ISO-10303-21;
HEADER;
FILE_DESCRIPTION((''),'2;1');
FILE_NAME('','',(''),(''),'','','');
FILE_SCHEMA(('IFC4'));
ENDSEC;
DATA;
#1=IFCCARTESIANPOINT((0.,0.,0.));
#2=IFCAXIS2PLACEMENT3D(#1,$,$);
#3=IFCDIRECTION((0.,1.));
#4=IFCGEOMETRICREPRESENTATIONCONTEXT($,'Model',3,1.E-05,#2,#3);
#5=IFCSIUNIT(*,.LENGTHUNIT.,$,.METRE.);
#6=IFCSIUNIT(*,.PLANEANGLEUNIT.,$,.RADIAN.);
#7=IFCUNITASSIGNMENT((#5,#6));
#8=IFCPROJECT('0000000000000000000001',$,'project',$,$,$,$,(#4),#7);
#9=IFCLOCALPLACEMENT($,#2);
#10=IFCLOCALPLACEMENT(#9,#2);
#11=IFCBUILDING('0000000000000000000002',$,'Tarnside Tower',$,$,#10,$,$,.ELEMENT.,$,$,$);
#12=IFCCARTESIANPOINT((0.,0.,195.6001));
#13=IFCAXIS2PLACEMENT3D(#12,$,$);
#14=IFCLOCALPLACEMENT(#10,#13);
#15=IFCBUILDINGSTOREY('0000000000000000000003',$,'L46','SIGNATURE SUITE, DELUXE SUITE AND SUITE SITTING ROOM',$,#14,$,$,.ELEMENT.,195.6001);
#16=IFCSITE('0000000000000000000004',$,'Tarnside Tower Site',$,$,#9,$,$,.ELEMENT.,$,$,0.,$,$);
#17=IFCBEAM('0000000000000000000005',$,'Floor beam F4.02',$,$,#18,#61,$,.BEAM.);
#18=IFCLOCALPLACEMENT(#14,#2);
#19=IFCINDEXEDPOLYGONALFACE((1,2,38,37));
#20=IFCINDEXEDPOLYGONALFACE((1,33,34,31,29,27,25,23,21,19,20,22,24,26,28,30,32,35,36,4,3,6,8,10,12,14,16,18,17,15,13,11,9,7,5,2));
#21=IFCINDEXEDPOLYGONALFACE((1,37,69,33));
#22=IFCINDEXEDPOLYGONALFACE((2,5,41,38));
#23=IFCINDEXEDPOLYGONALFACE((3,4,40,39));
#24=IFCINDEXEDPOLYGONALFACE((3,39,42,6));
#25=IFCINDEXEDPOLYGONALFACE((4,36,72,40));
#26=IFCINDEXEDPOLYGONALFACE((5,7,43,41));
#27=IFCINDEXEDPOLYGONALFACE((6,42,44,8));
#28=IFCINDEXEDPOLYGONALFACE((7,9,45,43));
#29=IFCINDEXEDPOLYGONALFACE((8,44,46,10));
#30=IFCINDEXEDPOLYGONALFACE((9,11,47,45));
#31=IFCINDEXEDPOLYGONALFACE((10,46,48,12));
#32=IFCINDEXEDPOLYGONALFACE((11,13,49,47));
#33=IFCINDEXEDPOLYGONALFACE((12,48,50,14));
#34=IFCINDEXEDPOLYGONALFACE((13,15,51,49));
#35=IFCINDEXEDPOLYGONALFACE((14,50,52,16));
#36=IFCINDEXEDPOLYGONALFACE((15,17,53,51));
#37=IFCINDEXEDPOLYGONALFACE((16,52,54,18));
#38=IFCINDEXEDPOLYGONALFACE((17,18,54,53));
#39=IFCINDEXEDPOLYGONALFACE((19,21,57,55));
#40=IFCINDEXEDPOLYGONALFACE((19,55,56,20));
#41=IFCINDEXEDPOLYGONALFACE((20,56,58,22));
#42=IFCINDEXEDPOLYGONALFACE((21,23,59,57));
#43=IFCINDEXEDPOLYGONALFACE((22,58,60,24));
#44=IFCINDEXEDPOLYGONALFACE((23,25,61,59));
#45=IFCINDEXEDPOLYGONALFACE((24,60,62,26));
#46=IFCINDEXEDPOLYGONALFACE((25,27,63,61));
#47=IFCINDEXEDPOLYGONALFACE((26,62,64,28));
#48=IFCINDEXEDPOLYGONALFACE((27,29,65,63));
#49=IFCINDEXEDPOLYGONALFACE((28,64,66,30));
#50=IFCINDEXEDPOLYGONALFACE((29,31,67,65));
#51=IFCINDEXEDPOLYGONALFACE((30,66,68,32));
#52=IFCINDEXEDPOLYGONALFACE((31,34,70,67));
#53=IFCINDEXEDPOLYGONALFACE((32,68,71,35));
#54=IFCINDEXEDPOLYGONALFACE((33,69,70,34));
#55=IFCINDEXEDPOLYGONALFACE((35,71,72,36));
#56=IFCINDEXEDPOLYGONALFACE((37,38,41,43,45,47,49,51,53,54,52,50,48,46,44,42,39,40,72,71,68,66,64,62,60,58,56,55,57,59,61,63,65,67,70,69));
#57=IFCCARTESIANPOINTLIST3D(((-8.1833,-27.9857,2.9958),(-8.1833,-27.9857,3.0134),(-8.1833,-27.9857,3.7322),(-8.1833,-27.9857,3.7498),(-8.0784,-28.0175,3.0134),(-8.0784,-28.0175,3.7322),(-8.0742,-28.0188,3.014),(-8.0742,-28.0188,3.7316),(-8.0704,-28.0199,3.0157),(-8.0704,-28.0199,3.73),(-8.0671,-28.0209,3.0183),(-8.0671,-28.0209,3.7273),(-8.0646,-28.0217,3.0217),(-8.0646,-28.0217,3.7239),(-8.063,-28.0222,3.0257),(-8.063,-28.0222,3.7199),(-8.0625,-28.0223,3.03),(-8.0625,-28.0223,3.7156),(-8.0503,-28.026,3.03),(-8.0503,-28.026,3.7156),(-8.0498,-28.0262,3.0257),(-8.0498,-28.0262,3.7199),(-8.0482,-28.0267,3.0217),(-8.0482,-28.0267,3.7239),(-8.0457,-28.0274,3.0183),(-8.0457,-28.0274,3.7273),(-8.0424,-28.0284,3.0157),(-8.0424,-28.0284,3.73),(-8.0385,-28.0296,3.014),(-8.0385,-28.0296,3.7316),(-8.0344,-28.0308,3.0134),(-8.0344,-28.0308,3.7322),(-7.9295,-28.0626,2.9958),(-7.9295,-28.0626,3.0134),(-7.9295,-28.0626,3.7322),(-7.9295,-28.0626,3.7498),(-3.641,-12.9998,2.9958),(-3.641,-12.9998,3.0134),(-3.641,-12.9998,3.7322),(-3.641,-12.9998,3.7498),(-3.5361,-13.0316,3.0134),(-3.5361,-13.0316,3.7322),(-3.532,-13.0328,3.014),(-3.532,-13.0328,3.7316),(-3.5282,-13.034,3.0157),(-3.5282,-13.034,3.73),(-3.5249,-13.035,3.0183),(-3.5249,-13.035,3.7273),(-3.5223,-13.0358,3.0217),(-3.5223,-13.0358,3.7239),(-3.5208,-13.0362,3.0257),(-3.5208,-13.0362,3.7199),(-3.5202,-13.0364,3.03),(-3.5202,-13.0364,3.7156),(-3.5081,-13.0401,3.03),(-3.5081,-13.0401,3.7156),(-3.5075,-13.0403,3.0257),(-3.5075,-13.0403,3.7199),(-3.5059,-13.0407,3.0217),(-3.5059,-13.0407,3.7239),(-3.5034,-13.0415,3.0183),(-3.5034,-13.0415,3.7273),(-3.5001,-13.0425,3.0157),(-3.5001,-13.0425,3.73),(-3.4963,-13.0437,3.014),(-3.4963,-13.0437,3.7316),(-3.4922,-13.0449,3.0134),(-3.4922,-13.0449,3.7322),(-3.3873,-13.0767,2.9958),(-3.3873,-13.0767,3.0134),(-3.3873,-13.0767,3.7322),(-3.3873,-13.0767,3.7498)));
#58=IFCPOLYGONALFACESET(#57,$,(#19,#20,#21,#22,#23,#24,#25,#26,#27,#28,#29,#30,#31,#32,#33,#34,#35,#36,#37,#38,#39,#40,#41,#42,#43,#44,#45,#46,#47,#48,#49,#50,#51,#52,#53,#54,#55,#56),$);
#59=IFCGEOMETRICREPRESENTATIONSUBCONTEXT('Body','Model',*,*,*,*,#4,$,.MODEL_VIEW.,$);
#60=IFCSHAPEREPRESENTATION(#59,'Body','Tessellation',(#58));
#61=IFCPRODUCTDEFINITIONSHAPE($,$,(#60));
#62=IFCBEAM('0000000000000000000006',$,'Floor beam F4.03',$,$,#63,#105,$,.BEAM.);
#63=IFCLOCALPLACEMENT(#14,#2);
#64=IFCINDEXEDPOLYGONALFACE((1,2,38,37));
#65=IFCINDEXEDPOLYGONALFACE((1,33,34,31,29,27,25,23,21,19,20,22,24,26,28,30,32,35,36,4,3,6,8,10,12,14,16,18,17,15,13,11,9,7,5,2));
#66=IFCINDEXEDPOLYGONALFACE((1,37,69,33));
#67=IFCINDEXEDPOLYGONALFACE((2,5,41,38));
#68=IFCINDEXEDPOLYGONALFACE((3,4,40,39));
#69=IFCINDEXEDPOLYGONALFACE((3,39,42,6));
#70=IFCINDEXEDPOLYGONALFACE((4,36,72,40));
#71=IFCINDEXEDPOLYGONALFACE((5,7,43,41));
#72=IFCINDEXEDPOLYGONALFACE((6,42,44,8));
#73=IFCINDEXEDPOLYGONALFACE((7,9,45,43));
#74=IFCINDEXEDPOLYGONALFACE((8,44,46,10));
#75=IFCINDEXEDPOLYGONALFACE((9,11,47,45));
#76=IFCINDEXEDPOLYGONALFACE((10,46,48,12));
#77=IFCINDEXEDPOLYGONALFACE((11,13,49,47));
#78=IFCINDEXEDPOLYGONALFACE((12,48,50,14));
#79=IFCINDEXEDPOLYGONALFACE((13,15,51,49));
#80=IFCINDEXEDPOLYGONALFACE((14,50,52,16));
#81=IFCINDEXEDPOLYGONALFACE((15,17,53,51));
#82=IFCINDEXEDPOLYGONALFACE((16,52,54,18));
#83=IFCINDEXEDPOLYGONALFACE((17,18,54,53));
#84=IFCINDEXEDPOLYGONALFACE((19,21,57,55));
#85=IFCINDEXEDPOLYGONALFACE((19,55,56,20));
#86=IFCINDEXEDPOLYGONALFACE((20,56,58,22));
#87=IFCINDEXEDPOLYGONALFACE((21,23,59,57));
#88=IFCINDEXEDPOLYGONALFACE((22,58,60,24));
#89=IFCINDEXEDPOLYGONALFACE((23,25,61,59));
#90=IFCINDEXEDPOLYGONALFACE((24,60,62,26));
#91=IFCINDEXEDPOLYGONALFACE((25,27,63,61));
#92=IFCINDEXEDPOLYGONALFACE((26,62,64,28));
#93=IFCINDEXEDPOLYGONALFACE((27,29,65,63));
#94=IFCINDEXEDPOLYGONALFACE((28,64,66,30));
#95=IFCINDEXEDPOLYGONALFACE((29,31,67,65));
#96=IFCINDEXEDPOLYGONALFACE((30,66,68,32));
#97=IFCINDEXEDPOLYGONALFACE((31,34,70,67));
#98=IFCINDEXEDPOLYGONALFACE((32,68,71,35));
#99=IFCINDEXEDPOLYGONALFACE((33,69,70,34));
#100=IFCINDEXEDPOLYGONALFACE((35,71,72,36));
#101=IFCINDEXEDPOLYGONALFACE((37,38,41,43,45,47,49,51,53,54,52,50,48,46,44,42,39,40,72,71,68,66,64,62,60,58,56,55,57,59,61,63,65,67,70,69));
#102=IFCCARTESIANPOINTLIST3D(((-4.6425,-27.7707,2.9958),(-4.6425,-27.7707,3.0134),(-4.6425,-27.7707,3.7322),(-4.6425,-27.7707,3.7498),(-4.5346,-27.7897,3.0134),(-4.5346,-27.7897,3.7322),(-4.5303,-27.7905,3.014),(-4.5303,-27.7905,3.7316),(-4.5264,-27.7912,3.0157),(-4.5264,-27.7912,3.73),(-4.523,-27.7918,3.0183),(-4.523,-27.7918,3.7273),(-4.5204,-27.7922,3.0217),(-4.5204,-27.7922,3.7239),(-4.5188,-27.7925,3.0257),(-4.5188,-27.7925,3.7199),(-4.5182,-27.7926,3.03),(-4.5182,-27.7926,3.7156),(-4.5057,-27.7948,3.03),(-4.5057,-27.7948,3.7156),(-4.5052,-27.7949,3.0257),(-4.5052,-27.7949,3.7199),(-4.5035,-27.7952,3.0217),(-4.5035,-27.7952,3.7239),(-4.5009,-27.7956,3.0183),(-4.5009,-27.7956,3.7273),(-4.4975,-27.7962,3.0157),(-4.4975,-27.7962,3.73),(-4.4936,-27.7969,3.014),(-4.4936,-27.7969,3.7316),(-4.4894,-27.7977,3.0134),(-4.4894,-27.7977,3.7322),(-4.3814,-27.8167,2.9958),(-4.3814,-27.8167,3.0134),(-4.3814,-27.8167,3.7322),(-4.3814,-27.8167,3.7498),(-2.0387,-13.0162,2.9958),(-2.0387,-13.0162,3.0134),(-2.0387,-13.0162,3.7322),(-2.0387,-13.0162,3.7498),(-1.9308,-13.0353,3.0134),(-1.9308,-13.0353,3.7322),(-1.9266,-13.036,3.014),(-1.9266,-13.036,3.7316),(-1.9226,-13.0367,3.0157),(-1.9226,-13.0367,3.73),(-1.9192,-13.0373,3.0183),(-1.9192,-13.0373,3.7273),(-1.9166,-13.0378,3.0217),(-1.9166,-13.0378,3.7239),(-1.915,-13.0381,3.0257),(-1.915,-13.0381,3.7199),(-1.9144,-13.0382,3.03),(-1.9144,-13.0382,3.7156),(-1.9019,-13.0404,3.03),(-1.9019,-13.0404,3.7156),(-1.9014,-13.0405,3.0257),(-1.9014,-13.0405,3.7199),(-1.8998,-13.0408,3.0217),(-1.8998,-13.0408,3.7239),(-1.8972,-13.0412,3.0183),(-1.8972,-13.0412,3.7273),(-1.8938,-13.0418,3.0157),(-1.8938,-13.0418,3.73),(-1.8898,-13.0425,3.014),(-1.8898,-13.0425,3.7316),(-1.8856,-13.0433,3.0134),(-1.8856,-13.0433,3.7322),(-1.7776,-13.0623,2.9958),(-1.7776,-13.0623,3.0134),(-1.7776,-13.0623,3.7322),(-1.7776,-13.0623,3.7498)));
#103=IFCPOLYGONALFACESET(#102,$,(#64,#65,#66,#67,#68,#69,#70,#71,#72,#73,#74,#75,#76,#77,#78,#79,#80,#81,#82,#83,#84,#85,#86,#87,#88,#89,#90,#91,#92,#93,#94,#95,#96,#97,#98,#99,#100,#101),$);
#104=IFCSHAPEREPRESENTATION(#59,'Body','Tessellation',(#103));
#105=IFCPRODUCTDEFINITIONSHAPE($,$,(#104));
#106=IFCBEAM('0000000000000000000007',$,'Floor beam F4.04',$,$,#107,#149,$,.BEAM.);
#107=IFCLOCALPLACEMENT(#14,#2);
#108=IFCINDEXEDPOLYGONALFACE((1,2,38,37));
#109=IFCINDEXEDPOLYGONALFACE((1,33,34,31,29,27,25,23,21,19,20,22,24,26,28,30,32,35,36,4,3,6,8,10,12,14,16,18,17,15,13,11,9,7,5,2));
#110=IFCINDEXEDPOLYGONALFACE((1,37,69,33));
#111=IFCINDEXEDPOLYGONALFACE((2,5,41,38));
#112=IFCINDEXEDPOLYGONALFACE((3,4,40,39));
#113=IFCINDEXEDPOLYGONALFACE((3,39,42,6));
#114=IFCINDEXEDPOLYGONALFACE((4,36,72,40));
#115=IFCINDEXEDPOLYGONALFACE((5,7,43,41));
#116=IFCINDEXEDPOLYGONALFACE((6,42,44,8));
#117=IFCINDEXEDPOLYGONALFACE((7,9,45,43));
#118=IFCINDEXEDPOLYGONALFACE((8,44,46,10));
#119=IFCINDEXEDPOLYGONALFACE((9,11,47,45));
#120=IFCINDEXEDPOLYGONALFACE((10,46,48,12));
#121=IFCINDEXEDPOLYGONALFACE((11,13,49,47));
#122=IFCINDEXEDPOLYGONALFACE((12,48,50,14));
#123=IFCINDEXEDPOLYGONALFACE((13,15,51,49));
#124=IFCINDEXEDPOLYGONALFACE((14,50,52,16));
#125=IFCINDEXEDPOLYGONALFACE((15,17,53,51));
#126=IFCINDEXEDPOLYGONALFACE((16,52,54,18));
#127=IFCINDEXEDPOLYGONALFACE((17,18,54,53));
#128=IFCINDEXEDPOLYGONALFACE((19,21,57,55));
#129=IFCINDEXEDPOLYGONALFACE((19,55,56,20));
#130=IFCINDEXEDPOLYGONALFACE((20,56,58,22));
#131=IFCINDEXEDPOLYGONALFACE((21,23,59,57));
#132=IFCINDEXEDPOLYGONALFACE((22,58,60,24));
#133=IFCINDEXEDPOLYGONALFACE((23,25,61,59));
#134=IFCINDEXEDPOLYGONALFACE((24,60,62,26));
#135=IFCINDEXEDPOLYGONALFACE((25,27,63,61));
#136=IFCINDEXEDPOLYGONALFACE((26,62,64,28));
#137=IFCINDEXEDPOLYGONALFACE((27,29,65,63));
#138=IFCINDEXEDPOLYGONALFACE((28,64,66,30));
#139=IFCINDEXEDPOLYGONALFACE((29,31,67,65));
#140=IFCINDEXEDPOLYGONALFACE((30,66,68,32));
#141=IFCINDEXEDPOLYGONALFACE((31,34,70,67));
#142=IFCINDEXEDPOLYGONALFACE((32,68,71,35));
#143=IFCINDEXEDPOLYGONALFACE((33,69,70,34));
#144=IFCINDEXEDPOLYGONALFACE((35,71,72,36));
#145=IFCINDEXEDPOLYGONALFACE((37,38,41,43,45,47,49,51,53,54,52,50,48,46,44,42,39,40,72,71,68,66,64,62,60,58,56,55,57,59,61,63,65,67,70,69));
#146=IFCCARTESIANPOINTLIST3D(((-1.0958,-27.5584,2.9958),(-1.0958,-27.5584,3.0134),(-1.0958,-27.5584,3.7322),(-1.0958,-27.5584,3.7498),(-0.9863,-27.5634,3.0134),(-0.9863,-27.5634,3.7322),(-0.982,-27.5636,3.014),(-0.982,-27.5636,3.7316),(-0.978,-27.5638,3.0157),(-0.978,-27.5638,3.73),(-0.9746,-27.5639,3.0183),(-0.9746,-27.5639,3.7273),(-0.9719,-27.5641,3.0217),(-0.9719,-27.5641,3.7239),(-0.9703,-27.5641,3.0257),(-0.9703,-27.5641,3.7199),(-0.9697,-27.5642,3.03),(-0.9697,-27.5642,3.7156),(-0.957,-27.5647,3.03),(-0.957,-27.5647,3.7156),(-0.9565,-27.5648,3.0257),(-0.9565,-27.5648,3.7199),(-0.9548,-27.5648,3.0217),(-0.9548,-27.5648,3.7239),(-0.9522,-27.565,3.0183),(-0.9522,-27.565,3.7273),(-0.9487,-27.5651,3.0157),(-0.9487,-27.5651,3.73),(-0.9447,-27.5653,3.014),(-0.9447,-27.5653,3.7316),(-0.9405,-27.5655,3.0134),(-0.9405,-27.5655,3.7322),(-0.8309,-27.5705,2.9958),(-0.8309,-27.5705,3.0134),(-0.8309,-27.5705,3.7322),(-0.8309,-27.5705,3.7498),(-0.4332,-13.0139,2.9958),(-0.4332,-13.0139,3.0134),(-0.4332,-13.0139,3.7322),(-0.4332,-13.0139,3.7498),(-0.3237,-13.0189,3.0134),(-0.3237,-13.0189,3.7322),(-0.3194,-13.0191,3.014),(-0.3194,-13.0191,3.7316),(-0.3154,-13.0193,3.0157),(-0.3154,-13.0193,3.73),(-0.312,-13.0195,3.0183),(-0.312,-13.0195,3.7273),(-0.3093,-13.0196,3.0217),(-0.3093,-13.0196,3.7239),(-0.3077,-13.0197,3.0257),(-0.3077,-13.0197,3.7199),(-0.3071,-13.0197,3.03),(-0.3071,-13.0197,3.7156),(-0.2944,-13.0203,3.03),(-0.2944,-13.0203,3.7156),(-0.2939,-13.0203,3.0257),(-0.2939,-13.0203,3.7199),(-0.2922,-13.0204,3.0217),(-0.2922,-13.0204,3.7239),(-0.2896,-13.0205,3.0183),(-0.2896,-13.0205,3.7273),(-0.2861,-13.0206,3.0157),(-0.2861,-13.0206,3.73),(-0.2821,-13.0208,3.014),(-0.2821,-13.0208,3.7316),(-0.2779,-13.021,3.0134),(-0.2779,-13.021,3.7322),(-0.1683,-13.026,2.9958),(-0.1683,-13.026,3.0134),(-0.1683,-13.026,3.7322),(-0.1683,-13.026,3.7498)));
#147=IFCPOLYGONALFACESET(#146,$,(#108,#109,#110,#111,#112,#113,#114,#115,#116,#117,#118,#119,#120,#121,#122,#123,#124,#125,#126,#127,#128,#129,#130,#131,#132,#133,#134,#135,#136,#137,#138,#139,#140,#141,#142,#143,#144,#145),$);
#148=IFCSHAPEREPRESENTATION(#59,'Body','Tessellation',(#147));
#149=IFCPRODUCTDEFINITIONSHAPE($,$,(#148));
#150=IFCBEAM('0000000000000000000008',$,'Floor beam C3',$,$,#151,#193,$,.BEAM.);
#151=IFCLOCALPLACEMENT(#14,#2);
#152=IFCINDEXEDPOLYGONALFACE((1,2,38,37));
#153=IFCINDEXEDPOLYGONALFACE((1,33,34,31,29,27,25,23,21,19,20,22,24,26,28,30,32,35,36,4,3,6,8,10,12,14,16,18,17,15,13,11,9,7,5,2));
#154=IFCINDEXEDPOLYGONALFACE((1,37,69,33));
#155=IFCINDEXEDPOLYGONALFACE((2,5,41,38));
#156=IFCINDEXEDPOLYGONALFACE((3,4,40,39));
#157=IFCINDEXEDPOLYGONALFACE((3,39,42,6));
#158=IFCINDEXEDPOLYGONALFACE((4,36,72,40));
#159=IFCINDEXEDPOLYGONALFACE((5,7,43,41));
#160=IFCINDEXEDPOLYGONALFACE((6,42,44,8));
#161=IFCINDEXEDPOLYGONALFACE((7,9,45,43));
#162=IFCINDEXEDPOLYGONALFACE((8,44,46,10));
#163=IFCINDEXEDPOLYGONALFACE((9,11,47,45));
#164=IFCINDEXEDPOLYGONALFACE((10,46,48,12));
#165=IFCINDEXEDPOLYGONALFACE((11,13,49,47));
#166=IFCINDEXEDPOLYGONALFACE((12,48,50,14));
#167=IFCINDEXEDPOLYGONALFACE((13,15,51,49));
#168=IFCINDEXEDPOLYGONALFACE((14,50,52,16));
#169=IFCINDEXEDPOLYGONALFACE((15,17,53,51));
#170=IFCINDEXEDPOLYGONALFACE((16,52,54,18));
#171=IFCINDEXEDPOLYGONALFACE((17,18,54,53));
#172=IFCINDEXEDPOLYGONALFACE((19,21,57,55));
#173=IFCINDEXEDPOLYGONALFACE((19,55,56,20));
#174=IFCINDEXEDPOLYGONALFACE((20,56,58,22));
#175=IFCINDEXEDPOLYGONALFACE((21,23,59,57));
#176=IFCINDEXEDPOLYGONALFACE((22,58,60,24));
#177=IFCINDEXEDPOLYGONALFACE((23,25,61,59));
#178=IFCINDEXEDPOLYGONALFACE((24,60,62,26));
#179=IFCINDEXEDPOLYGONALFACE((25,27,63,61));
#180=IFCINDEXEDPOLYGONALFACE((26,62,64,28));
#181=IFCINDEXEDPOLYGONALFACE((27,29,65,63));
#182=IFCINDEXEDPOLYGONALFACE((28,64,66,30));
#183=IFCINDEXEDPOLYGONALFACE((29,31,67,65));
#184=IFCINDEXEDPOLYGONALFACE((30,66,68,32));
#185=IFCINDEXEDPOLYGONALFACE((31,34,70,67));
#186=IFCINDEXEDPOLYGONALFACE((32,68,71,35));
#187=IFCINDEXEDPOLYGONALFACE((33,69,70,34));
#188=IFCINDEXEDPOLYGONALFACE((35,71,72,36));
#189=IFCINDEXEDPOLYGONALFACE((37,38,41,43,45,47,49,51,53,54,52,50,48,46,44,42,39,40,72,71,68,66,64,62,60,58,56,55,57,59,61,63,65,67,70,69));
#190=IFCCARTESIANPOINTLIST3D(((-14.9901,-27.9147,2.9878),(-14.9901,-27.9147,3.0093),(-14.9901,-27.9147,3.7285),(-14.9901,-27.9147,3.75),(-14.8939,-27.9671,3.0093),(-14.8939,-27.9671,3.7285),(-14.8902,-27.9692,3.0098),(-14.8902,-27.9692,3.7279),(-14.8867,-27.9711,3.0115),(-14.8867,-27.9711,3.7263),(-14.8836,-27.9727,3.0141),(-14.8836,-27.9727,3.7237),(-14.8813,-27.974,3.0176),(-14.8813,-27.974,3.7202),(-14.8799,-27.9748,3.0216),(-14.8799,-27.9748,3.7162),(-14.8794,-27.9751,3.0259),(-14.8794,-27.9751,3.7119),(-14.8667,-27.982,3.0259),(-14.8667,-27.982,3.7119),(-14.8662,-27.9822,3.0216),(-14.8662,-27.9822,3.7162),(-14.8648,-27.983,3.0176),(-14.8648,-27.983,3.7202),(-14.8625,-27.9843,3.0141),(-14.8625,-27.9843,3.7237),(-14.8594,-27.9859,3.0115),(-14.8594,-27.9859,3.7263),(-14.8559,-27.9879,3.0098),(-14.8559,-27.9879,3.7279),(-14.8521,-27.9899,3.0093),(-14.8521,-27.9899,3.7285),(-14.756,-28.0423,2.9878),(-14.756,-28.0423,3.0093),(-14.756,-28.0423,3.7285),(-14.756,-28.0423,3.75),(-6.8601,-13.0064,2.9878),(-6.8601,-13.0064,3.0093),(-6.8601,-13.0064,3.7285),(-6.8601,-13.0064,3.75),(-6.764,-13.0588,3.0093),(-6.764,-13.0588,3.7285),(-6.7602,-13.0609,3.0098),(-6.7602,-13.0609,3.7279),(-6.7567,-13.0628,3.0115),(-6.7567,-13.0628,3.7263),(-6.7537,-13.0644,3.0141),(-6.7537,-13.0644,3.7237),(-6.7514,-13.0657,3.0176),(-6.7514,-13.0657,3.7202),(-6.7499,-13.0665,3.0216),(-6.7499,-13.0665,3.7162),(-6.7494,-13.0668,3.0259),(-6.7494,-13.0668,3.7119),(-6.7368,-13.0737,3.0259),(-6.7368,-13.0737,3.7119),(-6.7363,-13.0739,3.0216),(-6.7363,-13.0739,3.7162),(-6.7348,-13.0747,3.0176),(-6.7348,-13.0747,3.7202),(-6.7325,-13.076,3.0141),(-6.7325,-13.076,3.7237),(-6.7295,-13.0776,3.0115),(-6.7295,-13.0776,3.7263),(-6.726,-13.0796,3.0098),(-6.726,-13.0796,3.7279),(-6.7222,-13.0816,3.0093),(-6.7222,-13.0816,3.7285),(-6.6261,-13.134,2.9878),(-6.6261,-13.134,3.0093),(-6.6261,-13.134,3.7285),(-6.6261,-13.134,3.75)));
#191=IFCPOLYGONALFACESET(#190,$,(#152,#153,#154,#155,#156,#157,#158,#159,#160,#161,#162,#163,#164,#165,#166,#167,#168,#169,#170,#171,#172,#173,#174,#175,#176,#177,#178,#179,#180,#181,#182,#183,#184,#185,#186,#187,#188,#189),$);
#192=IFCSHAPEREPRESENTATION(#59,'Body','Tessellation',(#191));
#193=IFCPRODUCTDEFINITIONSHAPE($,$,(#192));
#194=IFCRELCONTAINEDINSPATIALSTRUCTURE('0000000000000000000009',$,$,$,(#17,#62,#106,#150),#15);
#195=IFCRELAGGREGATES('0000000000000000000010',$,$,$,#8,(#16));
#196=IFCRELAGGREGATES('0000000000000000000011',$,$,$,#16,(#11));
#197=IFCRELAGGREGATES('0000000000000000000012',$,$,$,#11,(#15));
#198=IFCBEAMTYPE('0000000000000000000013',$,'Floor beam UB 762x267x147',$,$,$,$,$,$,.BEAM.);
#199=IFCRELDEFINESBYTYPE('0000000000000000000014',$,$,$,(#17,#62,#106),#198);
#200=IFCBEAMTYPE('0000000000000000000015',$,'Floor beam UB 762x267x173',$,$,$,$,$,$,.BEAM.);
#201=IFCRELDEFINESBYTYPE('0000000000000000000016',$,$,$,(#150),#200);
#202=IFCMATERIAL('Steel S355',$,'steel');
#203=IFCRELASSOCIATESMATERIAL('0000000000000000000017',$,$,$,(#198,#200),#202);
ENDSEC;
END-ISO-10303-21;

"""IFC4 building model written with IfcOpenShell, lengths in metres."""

from ifc_helpers import new_model, si_unit, direction, frame, origin, origin_2d, place, context, subcontext, project, spatial, i_section, extrude, material, material_profile, profile_set, type_object, element, save


model = new_model("IFC4")

# Units and contexts
model_context = context("Model", 3, precision=1e-05, world=origin(), true_north=direction((0.0, 1.0)))
body_context = subcontext(model_context, "Body", "Model", "MODEL_VIEW")
ifc_project = project(units=[si_unit("LENGTHUNIT", "METRE"), si_unit("PLANEANGLEUNIT", "RADIAN")], contexts=[model_context])

# Site, building, storey
site_placement = place(None, origin())
site = spatial("IfcSite", under=ifc_project, at=site_placement, Name="Tarnside Tower Site", CompositionType="ELEMENT", RefElevation=0.0)
building_placement = place(site_placement, origin())
building = spatial("IfcBuilding", under=site, at=building_placement, Name="Tarnside Tower", CompositionType="ELEMENT")
storey_placement = place(building_placement, frame((0.0, 0.0, 195.6001)))
storey = spatial("IfcBuildingStorey", under=building, at=storey_placement, Name="L46", Description="SIGNATURE SUITE, DELUXE SUITE AND SUITE SITTING ROOM", CompositionType="ELEMENT", Elevation=195.6001)

# Beams
ifc_material_1 = material(Name="Steel S355", Category="steel")
ifc_material_profile_1 = material_profile(ifc_material_1, i_section(OverallWidth=0.2651, OverallDepth=0.7539, WebThickness=0.0127, FlangeThickness=0.0176, FilletRadius=0.0166, at=origin_2d()), Name="UB 762x267x147")
ifc_profile_set_1 = profile_set([ifc_material_profile_1], Name="Steel S355")
beam_type_1 = type_object("IfcBeamType", Name="Floor beam UB 762x267x147", PredefinedType="BEAM", material=ifc_profile_set_1)
beam_1_placement = place(storey_placement, frame((-8.0564, -28.0242, 3.3728), z_axis=(0.29007, 0.957005, 0.0), x_axis=(-0.957005, 0.29007, 0.0)))
element("IfcBeam", 1, at=beam_1_placement, inside=storey, type_object=beam_type_1, Name="Floor beam F4.02", PredefinedType="BEAM", context=body_context, shape_type="SweptSolid", body=[
    extrude(i_section(OverallWidth=0.2651, OverallDepth=0.7539, WebThickness=0.0127, FlangeThickness=0.0176, FilletRadius=0.0166, at=origin_2d()), origin(), (0.0, 0.0, 1.0), 15.6592),
])
beam_2_placement = place(storey_placement, frame((-4.512, -27.7937, 3.3728), z_axis=(0.173788, 0.984783, 0.0), x_axis=(-0.984783, 0.173788, 0.0)))
element("IfcBeam", 2, at=beam_2_placement, inside=storey, type_object=beam_type_1, Name="Floor beam F4.03", PredefinedType="BEAM", context=body_context, shape_type="SweptSolid", body=[
    extrude(i_section(OverallWidth=0.2651, OverallDepth=0.7539, WebThickness=0.0127, FlangeThickness=0.0176, FilletRadius=0.0166, at=origin_2d()), origin(), (0.0, 0.0, 1.0), 14.9824),
])
beam_3_placement = place(storey_placement, frame((-0.9634, -27.5645, 3.3728), z_axis=(0.04551, 0.998964, 0.0), x_axis=(-0.998964, 0.04551, 0.0)))
element("IfcBeam", 3, at=beam_3_placement, inside=storey, type_object=beam_type_1, Name="Floor beam F4.04", PredefinedType="BEAM", context=body_context, shape_type="SweptSolid", body=[
    extrude(i_section(OverallWidth=0.2651, OverallDepth=0.7539, WebThickness=0.0127, FlangeThickness=0.0176, FilletRadius=0.0166, at=origin_2d()), origin(), (0.0, 0.0, 1.0), 14.5596),
])
ifc_material_profile_2 = material_profile(ifc_material_1, i_section(OverallWidth=0.2666, OverallDepth=0.7622, WebThickness=0.0144, FlangeThickness=0.0215, FilletRadius=0.0166, at=origin_2d()), Name="UB 762x267x173")
ifc_profile_set_2 = profile_set([ifc_material_profile_2], Name="Steel S355")
beam_type_2 = type_object("IfcBeamType", Name="Floor beam UB 762x267x173", PredefinedType="BEAM", material=ifc_profile_set_2)
beam_4_placement = place(storey_placement, frame((-14.873, -27.9785, 3.3689), z_axis=(0.478768, 0.877942, 0.0), x_axis=(-0.877942, 0.478768, 0.0)))
element("IfcBeam", 4, at=beam_4_placement, inside=storey, type_object=beam_type_2, Name="Floor beam C3", PredefinedType="BEAM", context=body_context, shape_type="SweptSolid", body=[
    extrude(i_section(OverallWidth=0.2666, OverallDepth=0.7622, WebThickness=0.0144, FlangeThickness=0.0215, FilletRadius=0.0166, at=origin_2d()), origin(), (0.0, 0.0, 1.0), 16.981),
])

save(model, "model.ifc")
